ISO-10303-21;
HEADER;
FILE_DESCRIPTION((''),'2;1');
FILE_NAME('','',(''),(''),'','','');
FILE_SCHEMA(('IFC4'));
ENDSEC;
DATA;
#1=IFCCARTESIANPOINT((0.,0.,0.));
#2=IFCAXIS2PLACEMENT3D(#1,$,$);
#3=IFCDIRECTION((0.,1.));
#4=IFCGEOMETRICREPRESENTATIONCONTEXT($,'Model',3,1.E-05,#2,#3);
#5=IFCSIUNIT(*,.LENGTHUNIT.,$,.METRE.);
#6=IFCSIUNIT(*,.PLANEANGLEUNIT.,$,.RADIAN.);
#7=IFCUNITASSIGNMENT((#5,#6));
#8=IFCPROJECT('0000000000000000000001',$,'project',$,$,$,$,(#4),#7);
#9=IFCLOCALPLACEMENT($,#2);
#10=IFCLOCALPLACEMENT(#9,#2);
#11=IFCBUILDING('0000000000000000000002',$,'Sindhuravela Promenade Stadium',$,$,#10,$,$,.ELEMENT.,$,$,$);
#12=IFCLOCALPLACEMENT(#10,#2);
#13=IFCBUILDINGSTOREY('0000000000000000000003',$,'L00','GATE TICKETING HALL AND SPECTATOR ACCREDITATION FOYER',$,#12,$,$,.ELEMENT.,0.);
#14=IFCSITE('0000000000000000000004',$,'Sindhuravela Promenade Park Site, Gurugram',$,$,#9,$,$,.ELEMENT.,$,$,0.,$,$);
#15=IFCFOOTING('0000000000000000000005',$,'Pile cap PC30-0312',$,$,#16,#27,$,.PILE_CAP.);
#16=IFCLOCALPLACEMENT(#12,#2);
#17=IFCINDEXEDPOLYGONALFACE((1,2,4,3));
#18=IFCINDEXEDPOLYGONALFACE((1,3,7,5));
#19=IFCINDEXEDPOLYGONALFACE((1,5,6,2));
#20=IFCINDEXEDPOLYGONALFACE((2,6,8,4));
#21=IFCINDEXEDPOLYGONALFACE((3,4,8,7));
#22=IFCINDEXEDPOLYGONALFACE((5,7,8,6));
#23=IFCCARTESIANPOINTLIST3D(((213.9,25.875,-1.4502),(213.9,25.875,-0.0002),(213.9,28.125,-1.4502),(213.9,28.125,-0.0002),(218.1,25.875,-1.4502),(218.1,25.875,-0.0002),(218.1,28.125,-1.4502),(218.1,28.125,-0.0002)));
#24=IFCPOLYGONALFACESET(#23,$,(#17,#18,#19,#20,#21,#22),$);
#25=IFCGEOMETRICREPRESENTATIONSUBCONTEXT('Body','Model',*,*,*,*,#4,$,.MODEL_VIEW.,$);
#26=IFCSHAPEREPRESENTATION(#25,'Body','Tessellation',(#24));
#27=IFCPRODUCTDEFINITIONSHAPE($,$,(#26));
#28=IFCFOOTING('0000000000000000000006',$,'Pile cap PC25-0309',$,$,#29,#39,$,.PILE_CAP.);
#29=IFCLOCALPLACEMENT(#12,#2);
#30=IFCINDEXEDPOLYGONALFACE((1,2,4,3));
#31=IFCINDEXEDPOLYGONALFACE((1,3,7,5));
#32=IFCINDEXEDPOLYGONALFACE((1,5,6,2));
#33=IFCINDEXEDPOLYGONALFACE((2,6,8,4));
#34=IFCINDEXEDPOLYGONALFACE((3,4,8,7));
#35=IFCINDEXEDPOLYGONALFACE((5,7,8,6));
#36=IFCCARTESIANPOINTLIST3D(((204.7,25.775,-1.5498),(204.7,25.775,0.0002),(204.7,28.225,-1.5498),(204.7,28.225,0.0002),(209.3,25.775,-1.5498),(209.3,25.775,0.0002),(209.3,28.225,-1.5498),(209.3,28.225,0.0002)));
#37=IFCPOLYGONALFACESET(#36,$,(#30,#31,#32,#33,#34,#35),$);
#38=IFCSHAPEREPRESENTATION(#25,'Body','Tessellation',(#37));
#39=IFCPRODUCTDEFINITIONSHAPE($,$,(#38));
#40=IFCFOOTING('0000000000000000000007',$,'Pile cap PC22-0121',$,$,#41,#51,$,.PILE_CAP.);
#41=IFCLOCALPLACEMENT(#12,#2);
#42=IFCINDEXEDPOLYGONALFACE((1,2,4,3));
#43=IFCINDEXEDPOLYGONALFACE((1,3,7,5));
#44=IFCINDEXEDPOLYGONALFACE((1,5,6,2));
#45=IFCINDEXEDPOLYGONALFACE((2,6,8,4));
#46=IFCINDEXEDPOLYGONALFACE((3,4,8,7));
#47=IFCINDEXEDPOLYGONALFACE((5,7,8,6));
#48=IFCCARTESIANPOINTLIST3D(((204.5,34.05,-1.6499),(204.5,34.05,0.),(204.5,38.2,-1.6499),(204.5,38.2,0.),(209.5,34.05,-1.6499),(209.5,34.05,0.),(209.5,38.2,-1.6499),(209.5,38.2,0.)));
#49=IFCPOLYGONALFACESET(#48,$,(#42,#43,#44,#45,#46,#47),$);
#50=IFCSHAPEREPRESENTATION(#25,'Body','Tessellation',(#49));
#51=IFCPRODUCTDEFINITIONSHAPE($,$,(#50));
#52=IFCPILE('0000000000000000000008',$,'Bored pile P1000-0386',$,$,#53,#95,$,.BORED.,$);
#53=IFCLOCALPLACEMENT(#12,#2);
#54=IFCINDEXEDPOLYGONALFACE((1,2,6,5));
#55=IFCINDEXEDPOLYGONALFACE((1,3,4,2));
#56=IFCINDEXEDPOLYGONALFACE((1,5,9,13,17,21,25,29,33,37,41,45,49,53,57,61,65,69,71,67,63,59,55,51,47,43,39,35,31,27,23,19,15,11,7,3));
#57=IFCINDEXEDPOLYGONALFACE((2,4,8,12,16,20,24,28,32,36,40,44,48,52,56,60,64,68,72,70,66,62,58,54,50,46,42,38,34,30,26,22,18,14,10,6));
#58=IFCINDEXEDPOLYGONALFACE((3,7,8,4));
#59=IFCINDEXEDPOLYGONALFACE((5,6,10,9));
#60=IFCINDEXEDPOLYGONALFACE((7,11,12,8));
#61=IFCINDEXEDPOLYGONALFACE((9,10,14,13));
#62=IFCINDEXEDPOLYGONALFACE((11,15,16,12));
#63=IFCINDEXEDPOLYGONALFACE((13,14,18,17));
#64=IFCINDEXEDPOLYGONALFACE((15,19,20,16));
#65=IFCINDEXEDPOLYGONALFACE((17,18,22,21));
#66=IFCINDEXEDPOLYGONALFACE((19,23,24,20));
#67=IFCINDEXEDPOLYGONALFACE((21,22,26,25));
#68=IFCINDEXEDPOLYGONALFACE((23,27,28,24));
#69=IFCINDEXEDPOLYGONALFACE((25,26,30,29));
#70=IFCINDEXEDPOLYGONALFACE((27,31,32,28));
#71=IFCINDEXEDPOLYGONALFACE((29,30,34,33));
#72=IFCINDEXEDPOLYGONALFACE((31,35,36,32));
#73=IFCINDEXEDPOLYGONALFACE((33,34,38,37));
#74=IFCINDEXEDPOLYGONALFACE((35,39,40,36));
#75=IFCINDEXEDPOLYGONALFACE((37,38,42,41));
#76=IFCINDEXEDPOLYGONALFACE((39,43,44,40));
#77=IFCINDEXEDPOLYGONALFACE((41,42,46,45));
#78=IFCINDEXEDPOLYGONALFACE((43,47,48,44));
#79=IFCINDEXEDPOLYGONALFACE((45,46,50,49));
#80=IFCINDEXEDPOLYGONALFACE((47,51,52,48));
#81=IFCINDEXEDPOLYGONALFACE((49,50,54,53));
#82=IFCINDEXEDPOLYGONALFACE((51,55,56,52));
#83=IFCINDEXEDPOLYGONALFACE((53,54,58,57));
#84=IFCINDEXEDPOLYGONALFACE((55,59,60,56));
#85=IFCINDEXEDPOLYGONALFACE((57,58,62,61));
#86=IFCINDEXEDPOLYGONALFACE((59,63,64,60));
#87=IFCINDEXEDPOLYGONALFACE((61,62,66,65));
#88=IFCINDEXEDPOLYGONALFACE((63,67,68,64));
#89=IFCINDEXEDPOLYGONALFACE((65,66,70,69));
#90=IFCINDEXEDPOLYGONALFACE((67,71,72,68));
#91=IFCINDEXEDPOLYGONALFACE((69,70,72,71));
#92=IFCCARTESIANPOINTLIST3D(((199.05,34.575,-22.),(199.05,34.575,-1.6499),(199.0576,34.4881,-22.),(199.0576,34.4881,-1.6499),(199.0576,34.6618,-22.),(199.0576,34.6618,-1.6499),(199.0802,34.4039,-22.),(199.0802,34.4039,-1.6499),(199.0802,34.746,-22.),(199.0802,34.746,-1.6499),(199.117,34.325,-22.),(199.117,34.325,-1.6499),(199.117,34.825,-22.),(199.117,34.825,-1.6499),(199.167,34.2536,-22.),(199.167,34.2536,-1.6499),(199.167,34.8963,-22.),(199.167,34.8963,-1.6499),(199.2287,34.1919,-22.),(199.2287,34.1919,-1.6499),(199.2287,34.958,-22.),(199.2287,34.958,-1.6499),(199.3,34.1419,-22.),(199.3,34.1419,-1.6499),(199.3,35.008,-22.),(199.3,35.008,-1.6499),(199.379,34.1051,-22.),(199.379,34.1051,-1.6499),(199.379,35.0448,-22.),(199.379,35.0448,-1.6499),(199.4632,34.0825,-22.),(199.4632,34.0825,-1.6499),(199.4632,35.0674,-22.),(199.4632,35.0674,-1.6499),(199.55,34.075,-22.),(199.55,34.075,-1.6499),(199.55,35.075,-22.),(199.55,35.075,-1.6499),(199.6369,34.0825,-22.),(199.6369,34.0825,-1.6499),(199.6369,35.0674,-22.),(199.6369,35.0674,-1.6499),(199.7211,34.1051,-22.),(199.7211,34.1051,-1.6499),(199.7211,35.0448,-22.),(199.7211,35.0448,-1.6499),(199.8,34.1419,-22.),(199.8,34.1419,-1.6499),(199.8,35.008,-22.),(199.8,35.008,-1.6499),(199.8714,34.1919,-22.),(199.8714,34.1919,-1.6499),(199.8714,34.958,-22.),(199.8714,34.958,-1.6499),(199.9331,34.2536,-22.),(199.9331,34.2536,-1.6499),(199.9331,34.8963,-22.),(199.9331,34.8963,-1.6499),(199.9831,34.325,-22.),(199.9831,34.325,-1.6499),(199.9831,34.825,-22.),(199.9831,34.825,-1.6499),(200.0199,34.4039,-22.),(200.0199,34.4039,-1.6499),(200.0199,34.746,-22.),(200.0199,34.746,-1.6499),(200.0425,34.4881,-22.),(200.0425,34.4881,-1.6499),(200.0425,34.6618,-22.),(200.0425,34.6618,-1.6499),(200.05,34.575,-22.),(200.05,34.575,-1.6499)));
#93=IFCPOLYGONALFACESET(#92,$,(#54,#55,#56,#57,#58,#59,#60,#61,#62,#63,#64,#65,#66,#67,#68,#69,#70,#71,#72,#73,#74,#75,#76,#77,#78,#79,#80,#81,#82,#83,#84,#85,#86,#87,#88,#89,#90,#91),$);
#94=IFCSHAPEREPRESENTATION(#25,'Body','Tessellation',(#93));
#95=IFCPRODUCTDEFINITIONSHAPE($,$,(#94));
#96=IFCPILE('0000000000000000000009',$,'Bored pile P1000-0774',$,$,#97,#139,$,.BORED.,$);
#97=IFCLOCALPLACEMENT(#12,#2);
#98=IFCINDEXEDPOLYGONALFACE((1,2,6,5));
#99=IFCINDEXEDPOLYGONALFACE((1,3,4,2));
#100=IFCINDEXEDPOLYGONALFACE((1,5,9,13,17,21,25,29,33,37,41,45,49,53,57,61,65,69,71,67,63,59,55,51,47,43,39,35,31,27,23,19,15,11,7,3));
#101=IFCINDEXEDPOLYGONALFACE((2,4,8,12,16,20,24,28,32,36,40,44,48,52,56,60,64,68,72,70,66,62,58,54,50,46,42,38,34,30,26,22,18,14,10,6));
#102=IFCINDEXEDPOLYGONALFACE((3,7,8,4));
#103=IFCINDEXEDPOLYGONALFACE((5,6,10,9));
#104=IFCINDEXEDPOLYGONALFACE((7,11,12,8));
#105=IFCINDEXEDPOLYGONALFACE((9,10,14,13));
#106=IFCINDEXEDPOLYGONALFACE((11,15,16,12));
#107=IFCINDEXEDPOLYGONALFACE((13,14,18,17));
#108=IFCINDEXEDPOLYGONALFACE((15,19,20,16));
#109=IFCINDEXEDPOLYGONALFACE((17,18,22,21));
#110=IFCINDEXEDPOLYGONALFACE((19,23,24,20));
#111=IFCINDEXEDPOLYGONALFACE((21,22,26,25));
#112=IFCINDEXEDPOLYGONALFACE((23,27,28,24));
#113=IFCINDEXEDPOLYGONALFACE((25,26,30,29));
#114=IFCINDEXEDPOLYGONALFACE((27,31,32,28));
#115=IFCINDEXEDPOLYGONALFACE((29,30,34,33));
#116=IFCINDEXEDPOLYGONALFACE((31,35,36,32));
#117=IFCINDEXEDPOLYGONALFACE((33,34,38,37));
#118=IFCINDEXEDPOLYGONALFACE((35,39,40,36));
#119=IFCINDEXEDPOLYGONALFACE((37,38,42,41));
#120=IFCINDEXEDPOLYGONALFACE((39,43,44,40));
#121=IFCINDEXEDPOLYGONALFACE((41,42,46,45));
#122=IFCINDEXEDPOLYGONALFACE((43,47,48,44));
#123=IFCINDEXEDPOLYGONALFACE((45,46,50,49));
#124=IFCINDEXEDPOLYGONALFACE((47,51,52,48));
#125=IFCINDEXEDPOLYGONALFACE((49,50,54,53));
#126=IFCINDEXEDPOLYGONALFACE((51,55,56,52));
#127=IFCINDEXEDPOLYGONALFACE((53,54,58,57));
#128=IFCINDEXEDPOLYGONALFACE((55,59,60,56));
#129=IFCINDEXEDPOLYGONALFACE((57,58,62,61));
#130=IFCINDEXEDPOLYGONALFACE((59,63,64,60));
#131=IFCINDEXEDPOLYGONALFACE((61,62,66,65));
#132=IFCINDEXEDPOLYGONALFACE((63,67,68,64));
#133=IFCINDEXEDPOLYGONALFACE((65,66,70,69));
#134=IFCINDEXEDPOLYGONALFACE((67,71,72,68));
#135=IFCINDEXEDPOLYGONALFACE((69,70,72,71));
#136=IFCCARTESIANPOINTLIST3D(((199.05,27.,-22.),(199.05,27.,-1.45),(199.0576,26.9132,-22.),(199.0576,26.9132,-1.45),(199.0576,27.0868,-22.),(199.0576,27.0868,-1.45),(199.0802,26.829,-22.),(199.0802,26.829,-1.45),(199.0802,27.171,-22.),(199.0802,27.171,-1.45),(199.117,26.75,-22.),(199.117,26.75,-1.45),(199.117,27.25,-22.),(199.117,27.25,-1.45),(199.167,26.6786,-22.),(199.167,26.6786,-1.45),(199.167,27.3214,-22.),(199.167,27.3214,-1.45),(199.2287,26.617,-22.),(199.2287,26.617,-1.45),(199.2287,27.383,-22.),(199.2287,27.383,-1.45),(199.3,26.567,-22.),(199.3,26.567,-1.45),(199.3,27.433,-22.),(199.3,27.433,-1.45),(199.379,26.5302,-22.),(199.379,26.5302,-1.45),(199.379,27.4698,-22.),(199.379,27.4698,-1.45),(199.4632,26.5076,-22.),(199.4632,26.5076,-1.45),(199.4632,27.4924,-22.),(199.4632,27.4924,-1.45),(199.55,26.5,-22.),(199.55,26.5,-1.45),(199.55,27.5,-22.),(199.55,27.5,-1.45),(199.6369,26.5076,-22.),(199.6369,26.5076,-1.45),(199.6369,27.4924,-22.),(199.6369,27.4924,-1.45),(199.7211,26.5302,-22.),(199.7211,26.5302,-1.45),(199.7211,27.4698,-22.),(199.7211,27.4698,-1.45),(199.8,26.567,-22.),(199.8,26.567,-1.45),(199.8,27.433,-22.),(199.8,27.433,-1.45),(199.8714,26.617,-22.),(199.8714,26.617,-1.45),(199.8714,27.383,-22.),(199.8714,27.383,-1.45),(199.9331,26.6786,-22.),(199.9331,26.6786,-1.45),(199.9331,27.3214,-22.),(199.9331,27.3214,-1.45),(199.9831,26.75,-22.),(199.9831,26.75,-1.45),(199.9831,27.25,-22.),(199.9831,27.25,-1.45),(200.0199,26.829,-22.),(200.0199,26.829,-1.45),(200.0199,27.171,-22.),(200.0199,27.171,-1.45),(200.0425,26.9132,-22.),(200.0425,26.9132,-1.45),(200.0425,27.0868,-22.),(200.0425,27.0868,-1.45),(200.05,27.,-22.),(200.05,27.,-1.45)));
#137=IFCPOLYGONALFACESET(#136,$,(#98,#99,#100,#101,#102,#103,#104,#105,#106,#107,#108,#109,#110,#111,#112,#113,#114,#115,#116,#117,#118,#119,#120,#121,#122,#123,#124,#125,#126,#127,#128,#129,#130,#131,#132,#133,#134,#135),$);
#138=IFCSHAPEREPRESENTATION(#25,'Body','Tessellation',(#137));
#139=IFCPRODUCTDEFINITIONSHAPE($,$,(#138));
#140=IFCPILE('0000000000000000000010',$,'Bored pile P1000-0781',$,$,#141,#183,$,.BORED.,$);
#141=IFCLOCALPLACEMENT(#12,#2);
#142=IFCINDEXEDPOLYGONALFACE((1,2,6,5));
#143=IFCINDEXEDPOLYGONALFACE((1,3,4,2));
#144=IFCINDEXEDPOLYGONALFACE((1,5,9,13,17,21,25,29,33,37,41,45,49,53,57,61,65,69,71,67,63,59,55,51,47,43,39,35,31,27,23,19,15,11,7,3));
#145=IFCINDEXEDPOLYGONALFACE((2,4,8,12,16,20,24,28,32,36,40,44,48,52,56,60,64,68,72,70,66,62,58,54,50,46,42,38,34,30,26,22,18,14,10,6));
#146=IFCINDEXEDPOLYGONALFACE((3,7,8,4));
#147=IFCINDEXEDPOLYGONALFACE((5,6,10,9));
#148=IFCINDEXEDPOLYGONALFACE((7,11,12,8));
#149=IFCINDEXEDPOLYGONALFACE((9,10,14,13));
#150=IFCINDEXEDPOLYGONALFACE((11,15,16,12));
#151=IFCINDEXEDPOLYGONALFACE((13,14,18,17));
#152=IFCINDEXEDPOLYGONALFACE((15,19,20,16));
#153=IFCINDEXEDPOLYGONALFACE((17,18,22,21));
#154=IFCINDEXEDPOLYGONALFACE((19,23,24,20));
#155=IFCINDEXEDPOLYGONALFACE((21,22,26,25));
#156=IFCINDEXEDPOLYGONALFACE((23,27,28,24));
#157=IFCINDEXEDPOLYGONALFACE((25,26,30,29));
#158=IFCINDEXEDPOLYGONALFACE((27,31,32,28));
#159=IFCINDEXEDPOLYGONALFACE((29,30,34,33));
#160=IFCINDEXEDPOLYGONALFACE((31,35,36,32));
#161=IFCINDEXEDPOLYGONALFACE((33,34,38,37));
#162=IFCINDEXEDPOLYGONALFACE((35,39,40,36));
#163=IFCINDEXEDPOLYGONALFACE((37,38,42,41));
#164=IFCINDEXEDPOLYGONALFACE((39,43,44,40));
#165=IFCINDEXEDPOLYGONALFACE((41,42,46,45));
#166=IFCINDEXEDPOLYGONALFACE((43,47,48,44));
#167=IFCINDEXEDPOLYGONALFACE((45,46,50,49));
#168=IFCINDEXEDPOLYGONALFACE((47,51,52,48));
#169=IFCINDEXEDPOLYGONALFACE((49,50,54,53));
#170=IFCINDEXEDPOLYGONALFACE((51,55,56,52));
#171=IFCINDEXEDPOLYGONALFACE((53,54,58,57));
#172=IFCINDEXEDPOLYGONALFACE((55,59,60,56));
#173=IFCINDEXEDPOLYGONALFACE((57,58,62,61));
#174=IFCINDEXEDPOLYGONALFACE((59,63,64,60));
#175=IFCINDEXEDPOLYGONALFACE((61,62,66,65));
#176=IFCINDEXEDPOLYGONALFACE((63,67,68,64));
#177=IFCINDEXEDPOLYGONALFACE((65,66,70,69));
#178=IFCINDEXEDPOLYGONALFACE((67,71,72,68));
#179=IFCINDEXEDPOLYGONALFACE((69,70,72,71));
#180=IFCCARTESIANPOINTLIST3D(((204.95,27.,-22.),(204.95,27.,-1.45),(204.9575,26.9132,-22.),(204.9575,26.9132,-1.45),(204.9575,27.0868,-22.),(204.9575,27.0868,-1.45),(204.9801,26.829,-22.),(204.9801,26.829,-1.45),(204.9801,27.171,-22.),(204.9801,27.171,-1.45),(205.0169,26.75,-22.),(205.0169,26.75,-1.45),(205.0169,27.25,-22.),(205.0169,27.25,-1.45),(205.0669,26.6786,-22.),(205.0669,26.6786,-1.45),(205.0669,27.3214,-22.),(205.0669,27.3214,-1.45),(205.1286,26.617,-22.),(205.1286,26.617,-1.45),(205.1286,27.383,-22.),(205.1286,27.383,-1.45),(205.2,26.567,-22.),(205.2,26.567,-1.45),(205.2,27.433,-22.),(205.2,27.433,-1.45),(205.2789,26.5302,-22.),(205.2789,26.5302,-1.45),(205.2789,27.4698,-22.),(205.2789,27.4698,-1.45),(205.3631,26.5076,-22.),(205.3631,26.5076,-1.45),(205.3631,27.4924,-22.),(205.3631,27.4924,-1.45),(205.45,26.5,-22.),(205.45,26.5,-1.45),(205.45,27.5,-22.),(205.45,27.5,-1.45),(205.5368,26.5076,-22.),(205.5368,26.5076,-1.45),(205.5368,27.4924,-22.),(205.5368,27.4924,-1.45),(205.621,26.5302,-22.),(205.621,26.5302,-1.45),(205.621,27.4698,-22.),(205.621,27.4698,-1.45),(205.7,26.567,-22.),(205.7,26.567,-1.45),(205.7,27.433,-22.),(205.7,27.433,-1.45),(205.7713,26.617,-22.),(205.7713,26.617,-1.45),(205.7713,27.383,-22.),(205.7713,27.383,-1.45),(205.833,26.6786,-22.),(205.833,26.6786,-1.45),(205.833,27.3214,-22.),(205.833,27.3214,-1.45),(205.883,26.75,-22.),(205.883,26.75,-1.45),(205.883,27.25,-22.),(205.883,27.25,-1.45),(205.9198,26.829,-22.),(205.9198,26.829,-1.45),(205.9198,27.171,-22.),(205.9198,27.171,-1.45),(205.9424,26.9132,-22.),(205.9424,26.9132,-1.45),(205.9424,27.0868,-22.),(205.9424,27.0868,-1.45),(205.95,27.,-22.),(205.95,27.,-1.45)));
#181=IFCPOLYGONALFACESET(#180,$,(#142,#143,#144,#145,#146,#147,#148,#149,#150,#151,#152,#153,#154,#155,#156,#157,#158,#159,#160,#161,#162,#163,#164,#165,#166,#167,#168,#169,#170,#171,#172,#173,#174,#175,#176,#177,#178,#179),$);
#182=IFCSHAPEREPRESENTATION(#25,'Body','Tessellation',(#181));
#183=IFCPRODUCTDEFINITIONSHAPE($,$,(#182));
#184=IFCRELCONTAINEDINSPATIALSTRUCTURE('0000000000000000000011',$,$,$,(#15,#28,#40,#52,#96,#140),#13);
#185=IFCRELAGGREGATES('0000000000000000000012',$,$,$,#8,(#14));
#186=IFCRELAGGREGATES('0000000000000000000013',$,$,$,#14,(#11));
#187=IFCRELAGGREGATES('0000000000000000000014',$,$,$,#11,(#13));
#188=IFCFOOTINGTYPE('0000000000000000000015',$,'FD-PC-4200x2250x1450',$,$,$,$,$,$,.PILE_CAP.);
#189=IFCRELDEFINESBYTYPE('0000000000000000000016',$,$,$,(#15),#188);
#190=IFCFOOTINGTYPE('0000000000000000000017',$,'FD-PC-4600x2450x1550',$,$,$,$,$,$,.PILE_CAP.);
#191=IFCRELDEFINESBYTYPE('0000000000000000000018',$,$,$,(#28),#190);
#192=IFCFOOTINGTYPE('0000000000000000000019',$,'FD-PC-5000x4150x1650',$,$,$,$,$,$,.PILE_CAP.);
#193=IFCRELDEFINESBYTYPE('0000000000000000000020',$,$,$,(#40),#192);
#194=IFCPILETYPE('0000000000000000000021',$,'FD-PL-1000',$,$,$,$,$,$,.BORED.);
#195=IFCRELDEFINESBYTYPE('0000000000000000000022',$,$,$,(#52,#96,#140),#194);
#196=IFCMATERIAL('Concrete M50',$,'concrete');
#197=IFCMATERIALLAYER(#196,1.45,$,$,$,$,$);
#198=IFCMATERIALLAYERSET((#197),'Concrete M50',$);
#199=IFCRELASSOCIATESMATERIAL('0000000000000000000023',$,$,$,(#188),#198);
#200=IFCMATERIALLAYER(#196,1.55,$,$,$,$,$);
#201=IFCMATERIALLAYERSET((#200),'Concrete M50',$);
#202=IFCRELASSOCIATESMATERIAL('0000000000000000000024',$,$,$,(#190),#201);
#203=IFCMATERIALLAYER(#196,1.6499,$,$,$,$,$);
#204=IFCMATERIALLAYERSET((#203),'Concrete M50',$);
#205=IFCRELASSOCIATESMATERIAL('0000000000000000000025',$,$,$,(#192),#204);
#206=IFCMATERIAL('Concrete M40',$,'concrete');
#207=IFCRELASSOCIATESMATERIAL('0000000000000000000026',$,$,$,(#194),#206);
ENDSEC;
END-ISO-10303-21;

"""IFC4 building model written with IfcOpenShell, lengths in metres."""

from ifc_helpers import new_model, si_unit, direction, frame, origin, origin_2d, place, context, subcontext, project, spatial, rectangle, circle, extrude, material, layer, layer_set, material_profile, profile_set, type_object, element, save


model = new_model("IFC4")

# Units and contexts
model_context = context("Model", 3, precision=1e-05, world=origin(), true_north=direction((0.0, 1.0)))
body_context = subcontext(model_context, "Body", "Model", "MODEL_VIEW")
ifc_project = project(units=[si_unit("LENGTHUNIT", "METRE"), si_unit("PLANEANGLEUNIT", "RADIAN")], contexts=[model_context])

# Site, building, storey
site_placement = place(None, origin())
site = spatial("IfcSite", under=ifc_project, at=site_placement, Name="Sindhuravela Promenade Park Site, Gurugram", CompositionType="ELEMENT", RefElevation=0.0)
building_placement = place(site_placement, origin())
building = spatial("IfcBuilding", under=site, at=building_placement, Name="Sindhuravela Promenade Stadium", CompositionType="ELEMENT")
storey_placement = place(building_placement, origin())
storey = spatial("IfcBuildingStorey", under=building, at=storey_placement, Name="L00", Description="GATE TICKETING HALL AND SPECTATOR ACCREDITATION FOYER", CompositionType="ELEMENT", Elevation=0.0)

# Footings
ifc_material_1 = material(Name="Concrete M50", Category="concrete")
ifc_layer_1 = layer(ifc_material_1, 1.45)
ifc_layer_set_1 = layer_set([ifc_layer_1], Name="Concrete M50")
footing_type_1 = type_object("IfcFootingType", Name="FD-PC-4200x2250x1450", PredefinedType="PILE_CAP", material=ifc_layer_set_1)
footing_1_placement = place(storey_placement, frame((216.0, 27.0, -1.4502), z_axis=(0.0, 0.0, 1.0), x_axis=(1.0, 0.0, 0.0)))
element("IfcFooting", 1, at=footing_1_placement, inside=storey, type_object=footing_type_1, Name="Pile cap PC30-0312", PredefinedType="PILE_CAP", context=body_context, shape_type="SweptSolid", body=[
    extrude(rectangle(XDim=4.2, YDim=2.25, at=origin_2d()), origin(), (0.0, 0.0, 1.0), 1.45),
])
ifc_layer_2 = layer(ifc_material_1, 1.55)
ifc_layer_set_2 = layer_set([ifc_layer_2], Name="Concrete M50")
footing_type_2 = type_object("IfcFootingType", Name="FD-PC-4600x2450x1550", PredefinedType="PILE_CAP", material=ifc_layer_set_2)
footing_2_placement = place(storey_placement, frame((207.0, 27.0, -1.5498), z_axis=(0.0, 0.0, 1.0), x_axis=(1.0, 0.0, 0.0)))
element("IfcFooting", 2, at=footing_2_placement, inside=storey, type_object=footing_type_2, Name="Pile cap PC25-0309", PredefinedType="PILE_CAP", context=body_context, shape_type="SweptSolid", body=[
    extrude(rectangle(XDim=4.6001, YDim=2.45, at=origin_2d()), origin(), (0.0, 0.0, 1.0), 1.55),
])
ifc_layer_3 = layer(ifc_material_1, 1.6499)
ifc_layer_set_3 = layer_set([ifc_layer_3], Name="Concrete M50")
footing_type_3 = type_object("IfcFootingType", Name="FD-PC-5000x4150x1650", PredefinedType="PILE_CAP", material=ifc_layer_set_3)
footing_3_placement = place(storey_placement, frame((207.0, 36.125, -1.6499), z_axis=(0.0, 0.0, 1.0), x_axis=(1.0, 0.0, 0.0)))
element("IfcFooting", 3, at=footing_3_placement, inside=storey, type_object=footing_type_3, Name="Pile cap PC22-0121", PredefinedType="PILE_CAP", context=body_context, shape_type="SweptSolid", body=[
    extrude(rectangle(XDim=5.0, YDim=4.1499, at=origin_2d()), origin(), (0.0, 0.0, 1.0), 1.6499),
])

# Piles
ifc_material_2 = material(Name="Concrete M40", Category="concrete")
ifc_material_profile_1 = material_profile(ifc_material_2, circle(Radius=0.5, at=origin_2d()), Name="BORED PILE D1000")
ifc_profile_set_1 = profile_set([ifc_material_profile_1], Name="Concrete M40")
pile_type_1 = type_object("IfcPileType", Name="FD-PL-1000", PredefinedType="BORED", material=ifc_profile_set_1)
pile_1_placement = place(storey_placement, frame((199.55, 34.575, -1.6499), z_axis=(0.0, 0.0, -1.0), x_axis=(1.0, 0.0, 0.0)))
element("IfcPile", 4, at=pile_1_placement, inside=storey, type_object=pile_type_1, Name="Bored pile P1000-0386", PredefinedType="BORED", context=body_context, shape_type="SweptSolid", body=[
    extrude(circle(Radius=0.5, at=origin_2d()), origin(), (0.0, 0.0, 1.0), 20.3501),
])
for number, where, z_axis, x_axis, name in (
    (5, (199.55, 27.0, -1.45), (0.0, 0.0, -1.0), (1.0, 0.0, 0.0), "Bored pile P1000-0774"),
    (6, (205.45, 27.0, -1.45), (0.0, 0.0, -1.0), (1.0, 0.0, 0.0), "Bored pile P1000-0781"),
):
    element("IfcPile", number, at=place(storey_placement, frame(where, z_axis=z_axis, x_axis=x_axis)), inside=storey, type_object=pile_type_1, Name=name, PredefinedType="BORED", context=body_context, shape_type="SweptSolid", body=[
        extrude(circle(Radius=0.5, at=origin_2d()), origin(), (0.0, 0.0, 1.0), 20.55),
    ])

save(model, "model.ifc")
